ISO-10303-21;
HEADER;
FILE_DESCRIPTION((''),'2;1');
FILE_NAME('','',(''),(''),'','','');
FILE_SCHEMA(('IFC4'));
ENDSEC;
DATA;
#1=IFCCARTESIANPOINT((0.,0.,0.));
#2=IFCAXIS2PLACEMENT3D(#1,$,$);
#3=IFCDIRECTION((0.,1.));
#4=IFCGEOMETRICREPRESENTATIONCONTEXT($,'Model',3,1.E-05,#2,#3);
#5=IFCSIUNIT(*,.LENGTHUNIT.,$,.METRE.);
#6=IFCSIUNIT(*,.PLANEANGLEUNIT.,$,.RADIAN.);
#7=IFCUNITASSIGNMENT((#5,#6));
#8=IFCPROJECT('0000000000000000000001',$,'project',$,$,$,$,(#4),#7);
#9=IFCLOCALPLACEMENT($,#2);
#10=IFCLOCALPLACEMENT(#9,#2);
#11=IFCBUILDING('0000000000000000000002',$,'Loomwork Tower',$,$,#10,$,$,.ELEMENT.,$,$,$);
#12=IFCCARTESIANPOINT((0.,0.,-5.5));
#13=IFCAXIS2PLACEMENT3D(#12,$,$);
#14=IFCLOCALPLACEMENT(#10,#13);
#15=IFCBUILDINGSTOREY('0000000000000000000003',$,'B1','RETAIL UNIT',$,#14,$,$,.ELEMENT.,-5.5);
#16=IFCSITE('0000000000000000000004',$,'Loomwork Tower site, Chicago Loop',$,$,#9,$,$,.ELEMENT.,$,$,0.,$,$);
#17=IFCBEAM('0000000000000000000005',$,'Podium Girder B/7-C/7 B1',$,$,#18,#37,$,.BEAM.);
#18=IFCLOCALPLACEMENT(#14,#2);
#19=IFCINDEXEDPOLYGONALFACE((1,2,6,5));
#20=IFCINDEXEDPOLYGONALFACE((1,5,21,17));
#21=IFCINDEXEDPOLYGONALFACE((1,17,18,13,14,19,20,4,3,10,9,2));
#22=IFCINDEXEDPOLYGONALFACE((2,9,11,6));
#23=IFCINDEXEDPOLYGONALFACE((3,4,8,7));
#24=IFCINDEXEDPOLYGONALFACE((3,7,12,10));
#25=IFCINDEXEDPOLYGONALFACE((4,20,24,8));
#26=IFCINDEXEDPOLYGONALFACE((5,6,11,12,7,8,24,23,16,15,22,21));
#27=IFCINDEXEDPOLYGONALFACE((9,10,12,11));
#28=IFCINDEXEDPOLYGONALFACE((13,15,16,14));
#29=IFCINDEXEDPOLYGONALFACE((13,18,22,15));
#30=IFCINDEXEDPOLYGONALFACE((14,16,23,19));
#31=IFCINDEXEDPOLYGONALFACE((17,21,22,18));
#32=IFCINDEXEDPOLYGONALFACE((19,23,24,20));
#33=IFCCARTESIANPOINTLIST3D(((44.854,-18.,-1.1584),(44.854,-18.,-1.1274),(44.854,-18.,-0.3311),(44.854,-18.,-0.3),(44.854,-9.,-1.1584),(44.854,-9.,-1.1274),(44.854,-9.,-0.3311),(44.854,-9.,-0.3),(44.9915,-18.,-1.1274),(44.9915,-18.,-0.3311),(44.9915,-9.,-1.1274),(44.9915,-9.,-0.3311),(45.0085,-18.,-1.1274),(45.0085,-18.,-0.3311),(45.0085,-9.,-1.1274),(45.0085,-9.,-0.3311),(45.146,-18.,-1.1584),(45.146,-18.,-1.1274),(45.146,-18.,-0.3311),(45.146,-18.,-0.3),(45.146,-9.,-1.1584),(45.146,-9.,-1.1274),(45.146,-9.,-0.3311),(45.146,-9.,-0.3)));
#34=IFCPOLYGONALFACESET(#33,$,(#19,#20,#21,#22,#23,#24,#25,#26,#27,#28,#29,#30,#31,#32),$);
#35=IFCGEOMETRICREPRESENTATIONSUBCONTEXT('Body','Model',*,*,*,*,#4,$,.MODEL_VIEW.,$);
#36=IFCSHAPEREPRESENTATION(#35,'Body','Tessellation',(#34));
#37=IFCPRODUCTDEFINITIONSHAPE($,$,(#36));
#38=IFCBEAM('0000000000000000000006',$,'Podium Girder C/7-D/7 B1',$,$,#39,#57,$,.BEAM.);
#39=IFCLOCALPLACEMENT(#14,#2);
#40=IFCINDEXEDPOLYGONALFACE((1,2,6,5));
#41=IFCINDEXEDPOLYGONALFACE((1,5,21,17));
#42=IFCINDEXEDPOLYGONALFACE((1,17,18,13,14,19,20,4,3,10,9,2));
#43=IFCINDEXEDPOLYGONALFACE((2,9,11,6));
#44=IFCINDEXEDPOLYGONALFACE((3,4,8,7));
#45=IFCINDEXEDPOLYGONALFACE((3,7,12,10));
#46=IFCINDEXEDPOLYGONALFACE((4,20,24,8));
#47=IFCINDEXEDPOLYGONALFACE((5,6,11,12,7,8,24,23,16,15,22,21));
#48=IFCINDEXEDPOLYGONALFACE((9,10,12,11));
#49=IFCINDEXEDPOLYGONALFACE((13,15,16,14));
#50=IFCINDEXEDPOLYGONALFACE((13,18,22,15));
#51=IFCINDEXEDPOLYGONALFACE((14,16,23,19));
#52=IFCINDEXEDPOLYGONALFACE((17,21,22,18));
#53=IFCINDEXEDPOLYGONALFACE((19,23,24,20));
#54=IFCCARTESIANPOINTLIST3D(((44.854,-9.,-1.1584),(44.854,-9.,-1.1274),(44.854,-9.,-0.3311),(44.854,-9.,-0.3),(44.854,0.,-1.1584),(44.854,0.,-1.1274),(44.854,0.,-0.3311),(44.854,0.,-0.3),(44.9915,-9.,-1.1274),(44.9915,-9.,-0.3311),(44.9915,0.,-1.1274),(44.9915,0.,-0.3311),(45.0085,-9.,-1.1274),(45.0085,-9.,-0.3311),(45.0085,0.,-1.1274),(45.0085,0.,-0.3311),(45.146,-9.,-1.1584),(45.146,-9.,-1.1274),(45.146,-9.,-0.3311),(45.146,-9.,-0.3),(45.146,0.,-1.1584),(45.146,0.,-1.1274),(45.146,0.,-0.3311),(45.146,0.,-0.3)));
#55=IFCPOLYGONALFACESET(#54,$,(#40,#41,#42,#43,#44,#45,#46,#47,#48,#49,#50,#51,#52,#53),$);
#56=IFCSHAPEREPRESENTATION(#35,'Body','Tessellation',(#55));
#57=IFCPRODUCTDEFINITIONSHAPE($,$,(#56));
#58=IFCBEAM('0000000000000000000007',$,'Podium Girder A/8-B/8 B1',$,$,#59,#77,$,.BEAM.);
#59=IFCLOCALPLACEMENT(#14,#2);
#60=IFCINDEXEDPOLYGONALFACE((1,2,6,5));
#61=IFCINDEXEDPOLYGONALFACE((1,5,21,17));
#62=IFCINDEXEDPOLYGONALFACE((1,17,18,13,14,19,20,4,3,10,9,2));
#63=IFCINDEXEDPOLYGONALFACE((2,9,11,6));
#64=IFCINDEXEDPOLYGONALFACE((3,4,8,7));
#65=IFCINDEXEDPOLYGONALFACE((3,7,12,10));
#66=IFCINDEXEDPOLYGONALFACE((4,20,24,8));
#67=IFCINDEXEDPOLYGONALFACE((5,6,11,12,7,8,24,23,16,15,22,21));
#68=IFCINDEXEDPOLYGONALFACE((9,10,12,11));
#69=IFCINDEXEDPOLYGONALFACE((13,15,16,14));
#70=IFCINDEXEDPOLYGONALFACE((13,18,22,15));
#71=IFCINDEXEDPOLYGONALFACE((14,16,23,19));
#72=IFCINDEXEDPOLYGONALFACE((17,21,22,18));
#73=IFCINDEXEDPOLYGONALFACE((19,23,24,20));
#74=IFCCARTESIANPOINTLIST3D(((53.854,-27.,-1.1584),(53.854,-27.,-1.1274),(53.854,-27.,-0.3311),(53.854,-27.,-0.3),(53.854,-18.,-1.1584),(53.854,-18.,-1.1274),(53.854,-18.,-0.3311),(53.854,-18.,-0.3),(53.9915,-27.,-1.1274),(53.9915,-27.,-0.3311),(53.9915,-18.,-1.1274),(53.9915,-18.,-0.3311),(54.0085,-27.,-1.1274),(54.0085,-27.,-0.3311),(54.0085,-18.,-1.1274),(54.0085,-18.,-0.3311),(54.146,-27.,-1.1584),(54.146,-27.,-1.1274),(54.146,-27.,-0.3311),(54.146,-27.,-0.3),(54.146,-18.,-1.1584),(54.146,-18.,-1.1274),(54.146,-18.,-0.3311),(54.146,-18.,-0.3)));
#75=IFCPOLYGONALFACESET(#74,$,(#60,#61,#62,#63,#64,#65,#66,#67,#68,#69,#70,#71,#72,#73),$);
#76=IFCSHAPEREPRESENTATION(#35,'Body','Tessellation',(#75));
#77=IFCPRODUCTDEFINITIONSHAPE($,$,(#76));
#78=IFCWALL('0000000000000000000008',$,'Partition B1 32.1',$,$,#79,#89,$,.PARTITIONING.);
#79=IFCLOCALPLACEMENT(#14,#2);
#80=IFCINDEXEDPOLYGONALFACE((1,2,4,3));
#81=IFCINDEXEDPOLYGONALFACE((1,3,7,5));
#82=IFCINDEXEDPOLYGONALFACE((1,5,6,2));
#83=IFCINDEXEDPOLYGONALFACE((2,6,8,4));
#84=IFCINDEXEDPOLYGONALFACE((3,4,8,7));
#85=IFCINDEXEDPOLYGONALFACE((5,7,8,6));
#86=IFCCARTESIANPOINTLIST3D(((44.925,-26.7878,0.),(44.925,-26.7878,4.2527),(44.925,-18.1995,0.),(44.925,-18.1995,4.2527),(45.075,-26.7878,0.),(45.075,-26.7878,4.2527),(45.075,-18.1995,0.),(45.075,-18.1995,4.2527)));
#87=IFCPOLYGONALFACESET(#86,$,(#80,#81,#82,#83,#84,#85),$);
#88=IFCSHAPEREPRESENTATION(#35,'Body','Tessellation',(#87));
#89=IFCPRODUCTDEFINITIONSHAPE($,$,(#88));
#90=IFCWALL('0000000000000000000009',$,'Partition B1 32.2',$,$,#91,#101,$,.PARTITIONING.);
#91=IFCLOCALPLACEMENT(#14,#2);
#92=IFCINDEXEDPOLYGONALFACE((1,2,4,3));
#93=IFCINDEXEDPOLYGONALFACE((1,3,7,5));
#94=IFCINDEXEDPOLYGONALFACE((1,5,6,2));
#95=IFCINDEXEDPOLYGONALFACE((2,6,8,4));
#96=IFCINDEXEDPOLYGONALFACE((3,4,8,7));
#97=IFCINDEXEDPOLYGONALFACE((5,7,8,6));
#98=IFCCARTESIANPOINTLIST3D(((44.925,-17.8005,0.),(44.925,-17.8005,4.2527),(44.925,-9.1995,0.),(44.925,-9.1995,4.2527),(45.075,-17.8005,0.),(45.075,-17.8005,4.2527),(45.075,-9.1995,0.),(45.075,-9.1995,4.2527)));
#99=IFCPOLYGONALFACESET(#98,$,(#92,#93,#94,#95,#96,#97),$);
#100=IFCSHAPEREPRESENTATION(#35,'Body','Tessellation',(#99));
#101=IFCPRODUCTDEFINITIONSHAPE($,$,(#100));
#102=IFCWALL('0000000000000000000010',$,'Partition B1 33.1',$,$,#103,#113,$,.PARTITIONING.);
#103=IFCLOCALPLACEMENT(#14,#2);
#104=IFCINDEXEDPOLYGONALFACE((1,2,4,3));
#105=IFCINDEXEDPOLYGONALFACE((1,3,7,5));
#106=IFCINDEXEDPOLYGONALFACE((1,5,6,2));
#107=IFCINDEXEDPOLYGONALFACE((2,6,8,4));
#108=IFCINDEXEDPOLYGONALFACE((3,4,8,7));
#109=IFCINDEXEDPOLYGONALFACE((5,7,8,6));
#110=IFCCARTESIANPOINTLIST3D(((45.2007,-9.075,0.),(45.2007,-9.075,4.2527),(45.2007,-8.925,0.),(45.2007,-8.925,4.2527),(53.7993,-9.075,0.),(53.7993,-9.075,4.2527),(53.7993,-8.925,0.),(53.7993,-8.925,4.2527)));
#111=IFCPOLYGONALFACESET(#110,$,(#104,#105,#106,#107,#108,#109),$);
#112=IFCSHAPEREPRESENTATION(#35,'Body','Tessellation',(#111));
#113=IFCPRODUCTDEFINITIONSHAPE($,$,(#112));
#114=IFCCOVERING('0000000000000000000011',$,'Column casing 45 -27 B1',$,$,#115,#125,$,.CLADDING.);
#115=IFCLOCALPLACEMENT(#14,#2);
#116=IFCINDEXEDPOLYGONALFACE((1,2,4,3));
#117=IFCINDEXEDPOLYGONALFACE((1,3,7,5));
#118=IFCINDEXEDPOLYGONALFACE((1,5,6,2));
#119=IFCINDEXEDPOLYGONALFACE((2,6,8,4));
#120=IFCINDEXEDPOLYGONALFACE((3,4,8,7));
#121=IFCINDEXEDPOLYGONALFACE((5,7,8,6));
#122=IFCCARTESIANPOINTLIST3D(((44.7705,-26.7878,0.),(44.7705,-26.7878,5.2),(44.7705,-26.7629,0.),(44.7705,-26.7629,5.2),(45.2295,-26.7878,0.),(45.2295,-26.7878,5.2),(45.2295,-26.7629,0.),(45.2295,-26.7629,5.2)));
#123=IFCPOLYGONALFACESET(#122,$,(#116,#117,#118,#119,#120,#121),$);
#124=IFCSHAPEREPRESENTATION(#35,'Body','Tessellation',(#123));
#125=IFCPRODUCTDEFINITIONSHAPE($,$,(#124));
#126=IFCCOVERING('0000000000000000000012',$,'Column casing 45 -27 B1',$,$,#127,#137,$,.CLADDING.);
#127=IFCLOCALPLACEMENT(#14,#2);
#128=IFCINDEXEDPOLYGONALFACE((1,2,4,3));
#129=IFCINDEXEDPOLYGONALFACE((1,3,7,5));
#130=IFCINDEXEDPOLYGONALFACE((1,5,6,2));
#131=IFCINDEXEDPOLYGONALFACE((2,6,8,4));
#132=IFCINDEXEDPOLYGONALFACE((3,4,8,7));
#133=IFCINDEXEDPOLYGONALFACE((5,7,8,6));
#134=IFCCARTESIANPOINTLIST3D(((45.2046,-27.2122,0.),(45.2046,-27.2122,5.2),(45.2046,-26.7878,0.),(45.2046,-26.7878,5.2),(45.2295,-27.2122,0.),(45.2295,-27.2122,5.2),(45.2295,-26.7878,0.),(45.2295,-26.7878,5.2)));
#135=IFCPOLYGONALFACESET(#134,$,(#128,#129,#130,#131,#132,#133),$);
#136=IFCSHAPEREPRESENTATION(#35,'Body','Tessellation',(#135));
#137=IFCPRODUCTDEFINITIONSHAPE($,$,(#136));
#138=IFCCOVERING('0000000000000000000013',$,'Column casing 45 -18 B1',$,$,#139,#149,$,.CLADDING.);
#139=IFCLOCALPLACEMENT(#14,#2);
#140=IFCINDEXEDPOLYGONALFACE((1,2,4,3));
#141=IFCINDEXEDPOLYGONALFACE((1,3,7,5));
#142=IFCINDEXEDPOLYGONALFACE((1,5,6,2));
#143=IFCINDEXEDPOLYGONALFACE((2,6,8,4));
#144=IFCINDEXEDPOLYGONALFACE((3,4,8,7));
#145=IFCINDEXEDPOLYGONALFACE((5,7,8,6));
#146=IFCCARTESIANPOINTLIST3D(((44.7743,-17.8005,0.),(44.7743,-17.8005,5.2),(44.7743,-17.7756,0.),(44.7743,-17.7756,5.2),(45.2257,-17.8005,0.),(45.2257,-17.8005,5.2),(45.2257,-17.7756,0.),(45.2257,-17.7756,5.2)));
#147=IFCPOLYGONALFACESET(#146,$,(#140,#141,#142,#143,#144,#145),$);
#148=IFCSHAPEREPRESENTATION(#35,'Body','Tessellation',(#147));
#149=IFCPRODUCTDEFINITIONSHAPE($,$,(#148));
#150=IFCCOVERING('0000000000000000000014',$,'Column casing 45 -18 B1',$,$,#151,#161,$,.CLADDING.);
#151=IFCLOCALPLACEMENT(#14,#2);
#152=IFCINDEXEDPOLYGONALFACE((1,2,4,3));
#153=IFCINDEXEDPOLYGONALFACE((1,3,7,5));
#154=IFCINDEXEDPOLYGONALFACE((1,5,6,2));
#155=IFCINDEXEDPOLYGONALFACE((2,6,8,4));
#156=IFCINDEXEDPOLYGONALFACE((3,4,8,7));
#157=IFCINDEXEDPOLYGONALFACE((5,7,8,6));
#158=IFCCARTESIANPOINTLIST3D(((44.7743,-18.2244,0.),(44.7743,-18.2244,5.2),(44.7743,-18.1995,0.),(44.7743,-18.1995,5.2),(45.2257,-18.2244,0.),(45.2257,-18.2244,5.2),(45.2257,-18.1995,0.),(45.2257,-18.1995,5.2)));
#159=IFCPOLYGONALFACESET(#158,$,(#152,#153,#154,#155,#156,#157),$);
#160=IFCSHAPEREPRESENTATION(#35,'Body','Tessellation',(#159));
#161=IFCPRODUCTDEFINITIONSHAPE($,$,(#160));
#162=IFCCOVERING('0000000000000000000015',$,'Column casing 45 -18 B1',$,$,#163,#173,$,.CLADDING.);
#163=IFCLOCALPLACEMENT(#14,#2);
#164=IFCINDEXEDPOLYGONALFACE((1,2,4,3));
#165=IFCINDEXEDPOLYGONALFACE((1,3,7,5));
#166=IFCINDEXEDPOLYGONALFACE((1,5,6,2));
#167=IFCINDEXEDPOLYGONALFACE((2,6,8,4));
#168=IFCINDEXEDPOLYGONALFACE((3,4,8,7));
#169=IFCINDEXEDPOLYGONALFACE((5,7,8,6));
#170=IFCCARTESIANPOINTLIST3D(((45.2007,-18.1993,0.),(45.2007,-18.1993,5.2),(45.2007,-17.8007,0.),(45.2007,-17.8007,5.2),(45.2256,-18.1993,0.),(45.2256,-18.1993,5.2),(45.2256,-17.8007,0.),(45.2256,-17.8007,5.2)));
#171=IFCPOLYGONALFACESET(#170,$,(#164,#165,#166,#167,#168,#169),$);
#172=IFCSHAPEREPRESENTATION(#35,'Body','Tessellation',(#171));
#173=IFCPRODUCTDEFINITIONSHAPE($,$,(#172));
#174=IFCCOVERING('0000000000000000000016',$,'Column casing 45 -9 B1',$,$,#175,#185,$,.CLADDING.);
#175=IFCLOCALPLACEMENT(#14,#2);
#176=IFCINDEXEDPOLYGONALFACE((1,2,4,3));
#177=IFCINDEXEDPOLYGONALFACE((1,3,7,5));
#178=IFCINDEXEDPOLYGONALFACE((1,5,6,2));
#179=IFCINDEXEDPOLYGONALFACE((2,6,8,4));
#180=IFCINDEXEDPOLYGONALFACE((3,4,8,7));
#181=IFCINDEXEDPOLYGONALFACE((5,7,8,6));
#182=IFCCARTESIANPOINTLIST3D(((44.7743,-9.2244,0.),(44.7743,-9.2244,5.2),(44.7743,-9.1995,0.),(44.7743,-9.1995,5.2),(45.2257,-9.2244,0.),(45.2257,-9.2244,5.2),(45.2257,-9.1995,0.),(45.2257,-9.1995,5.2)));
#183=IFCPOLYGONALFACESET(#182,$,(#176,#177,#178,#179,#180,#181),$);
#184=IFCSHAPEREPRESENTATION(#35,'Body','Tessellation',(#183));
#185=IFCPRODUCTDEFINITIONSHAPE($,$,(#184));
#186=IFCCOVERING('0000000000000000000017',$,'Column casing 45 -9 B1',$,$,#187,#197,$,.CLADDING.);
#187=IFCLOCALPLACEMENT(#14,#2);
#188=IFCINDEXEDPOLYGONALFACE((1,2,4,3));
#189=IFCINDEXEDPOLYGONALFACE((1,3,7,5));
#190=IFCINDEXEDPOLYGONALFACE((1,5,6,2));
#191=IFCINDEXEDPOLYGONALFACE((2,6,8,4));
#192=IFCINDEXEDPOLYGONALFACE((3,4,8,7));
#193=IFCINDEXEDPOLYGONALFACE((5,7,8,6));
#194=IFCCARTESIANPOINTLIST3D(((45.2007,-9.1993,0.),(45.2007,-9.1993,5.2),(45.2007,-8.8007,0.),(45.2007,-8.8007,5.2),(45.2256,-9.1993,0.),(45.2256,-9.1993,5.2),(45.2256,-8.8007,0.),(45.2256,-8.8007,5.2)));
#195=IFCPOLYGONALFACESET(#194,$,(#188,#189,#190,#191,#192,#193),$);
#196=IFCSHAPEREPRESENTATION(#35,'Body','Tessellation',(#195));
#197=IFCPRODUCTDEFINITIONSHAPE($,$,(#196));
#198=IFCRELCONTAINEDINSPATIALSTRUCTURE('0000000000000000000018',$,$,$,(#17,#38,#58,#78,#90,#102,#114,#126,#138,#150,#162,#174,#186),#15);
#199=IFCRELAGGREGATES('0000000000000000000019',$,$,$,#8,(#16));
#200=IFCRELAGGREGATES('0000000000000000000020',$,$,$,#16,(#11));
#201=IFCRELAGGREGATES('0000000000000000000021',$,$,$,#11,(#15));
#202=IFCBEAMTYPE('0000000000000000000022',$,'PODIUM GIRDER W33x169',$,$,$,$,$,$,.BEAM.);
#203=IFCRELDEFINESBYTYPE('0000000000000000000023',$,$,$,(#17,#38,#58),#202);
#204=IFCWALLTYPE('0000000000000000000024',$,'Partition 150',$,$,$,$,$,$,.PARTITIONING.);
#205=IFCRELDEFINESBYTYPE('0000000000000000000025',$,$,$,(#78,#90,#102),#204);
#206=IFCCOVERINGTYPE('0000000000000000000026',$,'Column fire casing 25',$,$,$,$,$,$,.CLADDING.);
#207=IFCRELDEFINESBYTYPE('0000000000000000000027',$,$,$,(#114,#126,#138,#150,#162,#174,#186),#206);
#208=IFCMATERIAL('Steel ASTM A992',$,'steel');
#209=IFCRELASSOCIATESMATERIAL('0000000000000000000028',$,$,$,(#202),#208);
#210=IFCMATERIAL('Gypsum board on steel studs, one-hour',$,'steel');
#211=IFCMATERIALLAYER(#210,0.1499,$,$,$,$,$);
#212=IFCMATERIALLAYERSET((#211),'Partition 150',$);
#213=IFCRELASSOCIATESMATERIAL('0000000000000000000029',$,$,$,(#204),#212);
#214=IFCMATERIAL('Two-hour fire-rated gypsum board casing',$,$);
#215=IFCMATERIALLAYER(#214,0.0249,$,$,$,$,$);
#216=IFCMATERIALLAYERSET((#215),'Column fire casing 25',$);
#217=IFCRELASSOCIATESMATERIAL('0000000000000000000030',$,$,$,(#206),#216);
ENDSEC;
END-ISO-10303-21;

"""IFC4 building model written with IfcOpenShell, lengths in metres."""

from ifc_helpers import new_model, si_unit, direction, frame, frame_2d, origin, origin_2d, place, context, subcontext, project, spatial, rectangle, i_section, extrude, material, layer, layer_set, material_profile, profile_set, type_object, element, save


model = new_model("IFC4")

# Units and contexts
model_context = context("Model", 3, precision=1e-05, world=origin(), true_north=direction((0.0, 1.0)))
body_context = subcontext(model_context, "Body", "Model", "MODEL_VIEW")
ifc_project = project(units=[si_unit("LENGTHUNIT", "METRE"), si_unit("PLANEANGLEUNIT", "RADIAN")], contexts=[model_context])

# Site, building, storey
site_placement = place(None, origin())
site = spatial("IfcSite", under=ifc_project, at=site_placement, Name="Loomwork Tower site, Chicago Loop", CompositionType="ELEMENT", RefElevation=0.0)
building_placement = place(site_placement, origin())
building = spatial("IfcBuilding", under=site, at=building_placement, Name="Loomwork Tower", CompositionType="ELEMENT")
storey_placement = place(building_placement, frame((0.0, 0.0, -5.5)))
storey = spatial("IfcBuildingStorey", under=building, at=storey_placement, Name="B1", Description="RETAIL UNIT", CompositionType="ELEMENT", Elevation=-5.5)

# Beams
ifc_material_1 = material(Name="Steel ASTM A992", Category="steel")
ifc_material_profile_1 = material_profile(ifc_material_1, i_section(OverallWidth=0.292, OverallDepth=0.8584, WebThickness=0.0171, FlangeThickness=0.031, at=origin_2d()), Name="W33x169")
ifc_profile_set_1 = profile_set([ifc_material_profile_1], Name="Steel ASTM A992")
beam_type_1 = type_object("IfcBeamType", Name="PODIUM GIRDER W33x169", PredefinedType="BEAM", material=ifc_profile_set_1)
for number, where, z_axis, x_axis, name in (
    (1, (45.0, -18.0, -0.7292), (0.0, 1.0, 0.0), (-1.0, 0.0, 0.0), "Podium Girder B/7-C/7 B1"),
    (2, (45.0, -9.0, -0.7292), (0.0, 1.0, 0.0), (-1.0, 0.0, 0.0), "Podium Girder C/7-D/7 B1"),
    (3, (54.0, -27.0, -0.7292), (0.0, 1.0, 0.0), (-1.0, 0.0, 0.0), "Podium Girder A/8-B/8 B1"),
):
    element("IfcBeam", number, at=place(storey_placement, frame(where, z_axis=z_axis, x_axis=x_axis)), inside=storey, type_object=beam_type_1, Name=name, PredefinedType="BEAM", context=body_context, shape_type="SweptSolid", body=[
        extrude(i_section(OverallWidth=0.292, OverallDepth=0.8584, WebThickness=0.0171, FlangeThickness=0.031, at=origin_2d()), origin(), (0.0, 0.0, 1.0), 9.0),
    ])

# Walls
ifc_material_2 = material(Name="Gypsum board on steel studs, one-hour", Category="steel")
ifc_layer_1 = layer(ifc_material_2, 0.1499)
ifc_layer_set_1 = layer_set([ifc_layer_1], Name="Partition 150")
wall_type = type_object("IfcWallType", Name="Partition 150", PredefinedType="PARTITIONING", material=ifc_layer_set_1)
wall_1_placement = place(storey_placement, frame((45.0, -26.7878, 0.0), z_axis=(0.0, 0.0, 1.0), x_axis=(0.0, 1.0, 0.0)))
element("IfcWall", 4, at=wall_1_placement, inside=storey, type_object=wall_type, Name="Partition B1 32.1", PredefinedType="PARTITIONING", context=body_context, shape_type="SweptSolid", body=[
    extrude(rectangle(XDim=8.5884, YDim=0.1499, at=frame_2d((4.2942, 0.0))), origin(), (0.0, 0.0, 1.0), 4.2527),
])
wall_2_placement = place(storey_placement, frame((45.0, -17.8005, 0.0), z_axis=(0.0, 0.0, 1.0), x_axis=(0.0, 1.0, 0.0)))
element("IfcWall", 5, at=wall_2_placement, inside=storey, type_object=wall_type, Name="Partition B1 32.2", PredefinedType="PARTITIONING", context=body_context, shape_type="SweptSolid", body=[
    extrude(rectangle(XDim=8.6011, YDim=0.1499, at=frame_2d((4.3005, 0.0))), origin(), (0.0, 0.0, 1.0), 4.2527),
])
wall_3_placement = place(storey_placement, frame((45.2007, -9.0, 0.0), z_axis=(0.0, 0.0, 1.0), x_axis=(1.0, 0.0, 0.0)))
element("IfcWall", 6, at=wall_3_placement, inside=storey, type_object=wall_type, Name="Partition B1 33.1", PredefinedType="PARTITIONING", context=body_context, shape_type="SweptSolid", body=[
    extrude(rectangle(XDim=8.5986, YDim=0.1499, at=frame_2d((4.2993, 0.0))), origin(), (0.0, 0.0, 1.0), 4.2527),
])

# Coverings
ifc_material_3 = material(Name="Two-hour fire-rated gypsum board casing")
ifc_layer_2 = layer(ifc_material_3, 0.0249)
ifc_layer_set_2 = layer_set([ifc_layer_2], Name="Column fire casing 25")
covering_type = type_object("IfcCoveringType", Name="Column fire casing 25", PredefinedType="CLADDING", material=ifc_layer_set_2)
covering_1_placement = place(storey_placement, frame((45.0, -26.7754, 0.0), z_axis=(0.0, 0.0, 1.0), x_axis=(1.0, 0.0, 0.0)))
element("IfcCovering", 7, at=covering_1_placement, inside=storey, type_object=covering_type, Name="Column casing 45 -27 B1", PredefinedType="CLADDING", context=body_context, shape_type="SweptSolid", body=[
    extrude(rectangle(XDim=0.459, YDim=0.0249, at=origin_2d()), origin(), (0.0, 0.0, 1.0), 5.2),
])
covering_2_placement = place(storey_placement, frame((45.217, -27.0, 0.0), z_axis=(0.0, 0.0, 1.0), x_axis=(1.0, 0.0, 0.0)))
element("IfcCovering", 8, at=covering_2_placement, inside=storey, type_object=covering_type, Name="Column casing 45 -27 B1", PredefinedType="CLADDING", context=body_context, shape_type="SweptSolid", body=[
    extrude(rectangle(XDim=0.0249, YDim=0.4243, at=origin_2d()), origin(), (0.0, 0.0, 1.0), 5.2),
])
for number, where, z_axis, x_axis, name in (
    (9, (45.0, -17.7881, 0.0), (0.0, 0.0, 1.0), (1.0, 0.0, 0.0), "Column casing 45 -18 B1"),
    (10, (45.0, -18.2119, 0.0), (0.0, 0.0, 1.0), (1.0, 0.0, 0.0), "Column casing 45 -18 B1"),
):
    element("IfcCovering", number, at=place(storey_placement, frame(where, z_axis=z_axis, x_axis=x_axis)), inside=storey, type_object=covering_type, Name=name, PredefinedType="CLADDING", context=body_context, shape_type="SweptSolid", body=[
        extrude(rectangle(XDim=0.4514, YDim=0.0249, at=origin_2d()), origin(), (0.0, 0.0, 1.0), 5.2),
    ])
covering_3_placement = place(storey_placement, frame((45.2131, -18.0, 0.0), z_axis=(0.0, 0.0, 1.0), x_axis=(1.0, 0.0, 0.0)))
element("IfcCovering", 11, at=covering_3_placement, inside=storey, type_object=covering_type, Name="Column casing 45 -18 B1", PredefinedType="CLADDING", context=body_context, shape_type="SweptSolid", body=[
    extrude(rectangle(XDim=0.0249, YDim=0.3987, at=origin_2d()), origin(), (0.0, 0.0, 1.0), 5.2),
])
covering_4_placement = place(storey_placement, frame((45.0, -9.2119, 0.0), z_axis=(0.0, 0.0, 1.0), x_axis=(1.0, 0.0, 0.0)))
element("IfcCovering", 12, at=covering_4_placement, inside=storey, type_object=covering_type, Name="Column casing 45 -9 B1", PredefinedType="CLADDING", context=body_context, shape_type="SweptSolid", body=[
    extrude(rectangle(XDim=0.4514, YDim=0.0249, at=origin_2d()), origin(), (0.0, 0.0, 1.0), 5.2),
])
for number, where, z_axis, x_axis, name in (
    (13, (45.2131, -9.0, 0.0), (0.0, 0.0, 1.0), (1.0, 0.0, 0.0), "Column casing 45 -9 B1"),
):
    element("IfcCovering", number, at=place(storey_placement, frame(where, z_axis=z_axis, x_axis=x_axis)), inside=storey, type_object=covering_type, Name=name, PredefinedType="CLADDING", context=body_context, shape_type="SweptSolid", body=[
        extrude(rectangle(XDim=0.0249, YDim=0.3987, at=origin_2d()), origin(), (0.0, 0.0, 1.0), 5.2),
    ])

save(model, "model.ifc")
